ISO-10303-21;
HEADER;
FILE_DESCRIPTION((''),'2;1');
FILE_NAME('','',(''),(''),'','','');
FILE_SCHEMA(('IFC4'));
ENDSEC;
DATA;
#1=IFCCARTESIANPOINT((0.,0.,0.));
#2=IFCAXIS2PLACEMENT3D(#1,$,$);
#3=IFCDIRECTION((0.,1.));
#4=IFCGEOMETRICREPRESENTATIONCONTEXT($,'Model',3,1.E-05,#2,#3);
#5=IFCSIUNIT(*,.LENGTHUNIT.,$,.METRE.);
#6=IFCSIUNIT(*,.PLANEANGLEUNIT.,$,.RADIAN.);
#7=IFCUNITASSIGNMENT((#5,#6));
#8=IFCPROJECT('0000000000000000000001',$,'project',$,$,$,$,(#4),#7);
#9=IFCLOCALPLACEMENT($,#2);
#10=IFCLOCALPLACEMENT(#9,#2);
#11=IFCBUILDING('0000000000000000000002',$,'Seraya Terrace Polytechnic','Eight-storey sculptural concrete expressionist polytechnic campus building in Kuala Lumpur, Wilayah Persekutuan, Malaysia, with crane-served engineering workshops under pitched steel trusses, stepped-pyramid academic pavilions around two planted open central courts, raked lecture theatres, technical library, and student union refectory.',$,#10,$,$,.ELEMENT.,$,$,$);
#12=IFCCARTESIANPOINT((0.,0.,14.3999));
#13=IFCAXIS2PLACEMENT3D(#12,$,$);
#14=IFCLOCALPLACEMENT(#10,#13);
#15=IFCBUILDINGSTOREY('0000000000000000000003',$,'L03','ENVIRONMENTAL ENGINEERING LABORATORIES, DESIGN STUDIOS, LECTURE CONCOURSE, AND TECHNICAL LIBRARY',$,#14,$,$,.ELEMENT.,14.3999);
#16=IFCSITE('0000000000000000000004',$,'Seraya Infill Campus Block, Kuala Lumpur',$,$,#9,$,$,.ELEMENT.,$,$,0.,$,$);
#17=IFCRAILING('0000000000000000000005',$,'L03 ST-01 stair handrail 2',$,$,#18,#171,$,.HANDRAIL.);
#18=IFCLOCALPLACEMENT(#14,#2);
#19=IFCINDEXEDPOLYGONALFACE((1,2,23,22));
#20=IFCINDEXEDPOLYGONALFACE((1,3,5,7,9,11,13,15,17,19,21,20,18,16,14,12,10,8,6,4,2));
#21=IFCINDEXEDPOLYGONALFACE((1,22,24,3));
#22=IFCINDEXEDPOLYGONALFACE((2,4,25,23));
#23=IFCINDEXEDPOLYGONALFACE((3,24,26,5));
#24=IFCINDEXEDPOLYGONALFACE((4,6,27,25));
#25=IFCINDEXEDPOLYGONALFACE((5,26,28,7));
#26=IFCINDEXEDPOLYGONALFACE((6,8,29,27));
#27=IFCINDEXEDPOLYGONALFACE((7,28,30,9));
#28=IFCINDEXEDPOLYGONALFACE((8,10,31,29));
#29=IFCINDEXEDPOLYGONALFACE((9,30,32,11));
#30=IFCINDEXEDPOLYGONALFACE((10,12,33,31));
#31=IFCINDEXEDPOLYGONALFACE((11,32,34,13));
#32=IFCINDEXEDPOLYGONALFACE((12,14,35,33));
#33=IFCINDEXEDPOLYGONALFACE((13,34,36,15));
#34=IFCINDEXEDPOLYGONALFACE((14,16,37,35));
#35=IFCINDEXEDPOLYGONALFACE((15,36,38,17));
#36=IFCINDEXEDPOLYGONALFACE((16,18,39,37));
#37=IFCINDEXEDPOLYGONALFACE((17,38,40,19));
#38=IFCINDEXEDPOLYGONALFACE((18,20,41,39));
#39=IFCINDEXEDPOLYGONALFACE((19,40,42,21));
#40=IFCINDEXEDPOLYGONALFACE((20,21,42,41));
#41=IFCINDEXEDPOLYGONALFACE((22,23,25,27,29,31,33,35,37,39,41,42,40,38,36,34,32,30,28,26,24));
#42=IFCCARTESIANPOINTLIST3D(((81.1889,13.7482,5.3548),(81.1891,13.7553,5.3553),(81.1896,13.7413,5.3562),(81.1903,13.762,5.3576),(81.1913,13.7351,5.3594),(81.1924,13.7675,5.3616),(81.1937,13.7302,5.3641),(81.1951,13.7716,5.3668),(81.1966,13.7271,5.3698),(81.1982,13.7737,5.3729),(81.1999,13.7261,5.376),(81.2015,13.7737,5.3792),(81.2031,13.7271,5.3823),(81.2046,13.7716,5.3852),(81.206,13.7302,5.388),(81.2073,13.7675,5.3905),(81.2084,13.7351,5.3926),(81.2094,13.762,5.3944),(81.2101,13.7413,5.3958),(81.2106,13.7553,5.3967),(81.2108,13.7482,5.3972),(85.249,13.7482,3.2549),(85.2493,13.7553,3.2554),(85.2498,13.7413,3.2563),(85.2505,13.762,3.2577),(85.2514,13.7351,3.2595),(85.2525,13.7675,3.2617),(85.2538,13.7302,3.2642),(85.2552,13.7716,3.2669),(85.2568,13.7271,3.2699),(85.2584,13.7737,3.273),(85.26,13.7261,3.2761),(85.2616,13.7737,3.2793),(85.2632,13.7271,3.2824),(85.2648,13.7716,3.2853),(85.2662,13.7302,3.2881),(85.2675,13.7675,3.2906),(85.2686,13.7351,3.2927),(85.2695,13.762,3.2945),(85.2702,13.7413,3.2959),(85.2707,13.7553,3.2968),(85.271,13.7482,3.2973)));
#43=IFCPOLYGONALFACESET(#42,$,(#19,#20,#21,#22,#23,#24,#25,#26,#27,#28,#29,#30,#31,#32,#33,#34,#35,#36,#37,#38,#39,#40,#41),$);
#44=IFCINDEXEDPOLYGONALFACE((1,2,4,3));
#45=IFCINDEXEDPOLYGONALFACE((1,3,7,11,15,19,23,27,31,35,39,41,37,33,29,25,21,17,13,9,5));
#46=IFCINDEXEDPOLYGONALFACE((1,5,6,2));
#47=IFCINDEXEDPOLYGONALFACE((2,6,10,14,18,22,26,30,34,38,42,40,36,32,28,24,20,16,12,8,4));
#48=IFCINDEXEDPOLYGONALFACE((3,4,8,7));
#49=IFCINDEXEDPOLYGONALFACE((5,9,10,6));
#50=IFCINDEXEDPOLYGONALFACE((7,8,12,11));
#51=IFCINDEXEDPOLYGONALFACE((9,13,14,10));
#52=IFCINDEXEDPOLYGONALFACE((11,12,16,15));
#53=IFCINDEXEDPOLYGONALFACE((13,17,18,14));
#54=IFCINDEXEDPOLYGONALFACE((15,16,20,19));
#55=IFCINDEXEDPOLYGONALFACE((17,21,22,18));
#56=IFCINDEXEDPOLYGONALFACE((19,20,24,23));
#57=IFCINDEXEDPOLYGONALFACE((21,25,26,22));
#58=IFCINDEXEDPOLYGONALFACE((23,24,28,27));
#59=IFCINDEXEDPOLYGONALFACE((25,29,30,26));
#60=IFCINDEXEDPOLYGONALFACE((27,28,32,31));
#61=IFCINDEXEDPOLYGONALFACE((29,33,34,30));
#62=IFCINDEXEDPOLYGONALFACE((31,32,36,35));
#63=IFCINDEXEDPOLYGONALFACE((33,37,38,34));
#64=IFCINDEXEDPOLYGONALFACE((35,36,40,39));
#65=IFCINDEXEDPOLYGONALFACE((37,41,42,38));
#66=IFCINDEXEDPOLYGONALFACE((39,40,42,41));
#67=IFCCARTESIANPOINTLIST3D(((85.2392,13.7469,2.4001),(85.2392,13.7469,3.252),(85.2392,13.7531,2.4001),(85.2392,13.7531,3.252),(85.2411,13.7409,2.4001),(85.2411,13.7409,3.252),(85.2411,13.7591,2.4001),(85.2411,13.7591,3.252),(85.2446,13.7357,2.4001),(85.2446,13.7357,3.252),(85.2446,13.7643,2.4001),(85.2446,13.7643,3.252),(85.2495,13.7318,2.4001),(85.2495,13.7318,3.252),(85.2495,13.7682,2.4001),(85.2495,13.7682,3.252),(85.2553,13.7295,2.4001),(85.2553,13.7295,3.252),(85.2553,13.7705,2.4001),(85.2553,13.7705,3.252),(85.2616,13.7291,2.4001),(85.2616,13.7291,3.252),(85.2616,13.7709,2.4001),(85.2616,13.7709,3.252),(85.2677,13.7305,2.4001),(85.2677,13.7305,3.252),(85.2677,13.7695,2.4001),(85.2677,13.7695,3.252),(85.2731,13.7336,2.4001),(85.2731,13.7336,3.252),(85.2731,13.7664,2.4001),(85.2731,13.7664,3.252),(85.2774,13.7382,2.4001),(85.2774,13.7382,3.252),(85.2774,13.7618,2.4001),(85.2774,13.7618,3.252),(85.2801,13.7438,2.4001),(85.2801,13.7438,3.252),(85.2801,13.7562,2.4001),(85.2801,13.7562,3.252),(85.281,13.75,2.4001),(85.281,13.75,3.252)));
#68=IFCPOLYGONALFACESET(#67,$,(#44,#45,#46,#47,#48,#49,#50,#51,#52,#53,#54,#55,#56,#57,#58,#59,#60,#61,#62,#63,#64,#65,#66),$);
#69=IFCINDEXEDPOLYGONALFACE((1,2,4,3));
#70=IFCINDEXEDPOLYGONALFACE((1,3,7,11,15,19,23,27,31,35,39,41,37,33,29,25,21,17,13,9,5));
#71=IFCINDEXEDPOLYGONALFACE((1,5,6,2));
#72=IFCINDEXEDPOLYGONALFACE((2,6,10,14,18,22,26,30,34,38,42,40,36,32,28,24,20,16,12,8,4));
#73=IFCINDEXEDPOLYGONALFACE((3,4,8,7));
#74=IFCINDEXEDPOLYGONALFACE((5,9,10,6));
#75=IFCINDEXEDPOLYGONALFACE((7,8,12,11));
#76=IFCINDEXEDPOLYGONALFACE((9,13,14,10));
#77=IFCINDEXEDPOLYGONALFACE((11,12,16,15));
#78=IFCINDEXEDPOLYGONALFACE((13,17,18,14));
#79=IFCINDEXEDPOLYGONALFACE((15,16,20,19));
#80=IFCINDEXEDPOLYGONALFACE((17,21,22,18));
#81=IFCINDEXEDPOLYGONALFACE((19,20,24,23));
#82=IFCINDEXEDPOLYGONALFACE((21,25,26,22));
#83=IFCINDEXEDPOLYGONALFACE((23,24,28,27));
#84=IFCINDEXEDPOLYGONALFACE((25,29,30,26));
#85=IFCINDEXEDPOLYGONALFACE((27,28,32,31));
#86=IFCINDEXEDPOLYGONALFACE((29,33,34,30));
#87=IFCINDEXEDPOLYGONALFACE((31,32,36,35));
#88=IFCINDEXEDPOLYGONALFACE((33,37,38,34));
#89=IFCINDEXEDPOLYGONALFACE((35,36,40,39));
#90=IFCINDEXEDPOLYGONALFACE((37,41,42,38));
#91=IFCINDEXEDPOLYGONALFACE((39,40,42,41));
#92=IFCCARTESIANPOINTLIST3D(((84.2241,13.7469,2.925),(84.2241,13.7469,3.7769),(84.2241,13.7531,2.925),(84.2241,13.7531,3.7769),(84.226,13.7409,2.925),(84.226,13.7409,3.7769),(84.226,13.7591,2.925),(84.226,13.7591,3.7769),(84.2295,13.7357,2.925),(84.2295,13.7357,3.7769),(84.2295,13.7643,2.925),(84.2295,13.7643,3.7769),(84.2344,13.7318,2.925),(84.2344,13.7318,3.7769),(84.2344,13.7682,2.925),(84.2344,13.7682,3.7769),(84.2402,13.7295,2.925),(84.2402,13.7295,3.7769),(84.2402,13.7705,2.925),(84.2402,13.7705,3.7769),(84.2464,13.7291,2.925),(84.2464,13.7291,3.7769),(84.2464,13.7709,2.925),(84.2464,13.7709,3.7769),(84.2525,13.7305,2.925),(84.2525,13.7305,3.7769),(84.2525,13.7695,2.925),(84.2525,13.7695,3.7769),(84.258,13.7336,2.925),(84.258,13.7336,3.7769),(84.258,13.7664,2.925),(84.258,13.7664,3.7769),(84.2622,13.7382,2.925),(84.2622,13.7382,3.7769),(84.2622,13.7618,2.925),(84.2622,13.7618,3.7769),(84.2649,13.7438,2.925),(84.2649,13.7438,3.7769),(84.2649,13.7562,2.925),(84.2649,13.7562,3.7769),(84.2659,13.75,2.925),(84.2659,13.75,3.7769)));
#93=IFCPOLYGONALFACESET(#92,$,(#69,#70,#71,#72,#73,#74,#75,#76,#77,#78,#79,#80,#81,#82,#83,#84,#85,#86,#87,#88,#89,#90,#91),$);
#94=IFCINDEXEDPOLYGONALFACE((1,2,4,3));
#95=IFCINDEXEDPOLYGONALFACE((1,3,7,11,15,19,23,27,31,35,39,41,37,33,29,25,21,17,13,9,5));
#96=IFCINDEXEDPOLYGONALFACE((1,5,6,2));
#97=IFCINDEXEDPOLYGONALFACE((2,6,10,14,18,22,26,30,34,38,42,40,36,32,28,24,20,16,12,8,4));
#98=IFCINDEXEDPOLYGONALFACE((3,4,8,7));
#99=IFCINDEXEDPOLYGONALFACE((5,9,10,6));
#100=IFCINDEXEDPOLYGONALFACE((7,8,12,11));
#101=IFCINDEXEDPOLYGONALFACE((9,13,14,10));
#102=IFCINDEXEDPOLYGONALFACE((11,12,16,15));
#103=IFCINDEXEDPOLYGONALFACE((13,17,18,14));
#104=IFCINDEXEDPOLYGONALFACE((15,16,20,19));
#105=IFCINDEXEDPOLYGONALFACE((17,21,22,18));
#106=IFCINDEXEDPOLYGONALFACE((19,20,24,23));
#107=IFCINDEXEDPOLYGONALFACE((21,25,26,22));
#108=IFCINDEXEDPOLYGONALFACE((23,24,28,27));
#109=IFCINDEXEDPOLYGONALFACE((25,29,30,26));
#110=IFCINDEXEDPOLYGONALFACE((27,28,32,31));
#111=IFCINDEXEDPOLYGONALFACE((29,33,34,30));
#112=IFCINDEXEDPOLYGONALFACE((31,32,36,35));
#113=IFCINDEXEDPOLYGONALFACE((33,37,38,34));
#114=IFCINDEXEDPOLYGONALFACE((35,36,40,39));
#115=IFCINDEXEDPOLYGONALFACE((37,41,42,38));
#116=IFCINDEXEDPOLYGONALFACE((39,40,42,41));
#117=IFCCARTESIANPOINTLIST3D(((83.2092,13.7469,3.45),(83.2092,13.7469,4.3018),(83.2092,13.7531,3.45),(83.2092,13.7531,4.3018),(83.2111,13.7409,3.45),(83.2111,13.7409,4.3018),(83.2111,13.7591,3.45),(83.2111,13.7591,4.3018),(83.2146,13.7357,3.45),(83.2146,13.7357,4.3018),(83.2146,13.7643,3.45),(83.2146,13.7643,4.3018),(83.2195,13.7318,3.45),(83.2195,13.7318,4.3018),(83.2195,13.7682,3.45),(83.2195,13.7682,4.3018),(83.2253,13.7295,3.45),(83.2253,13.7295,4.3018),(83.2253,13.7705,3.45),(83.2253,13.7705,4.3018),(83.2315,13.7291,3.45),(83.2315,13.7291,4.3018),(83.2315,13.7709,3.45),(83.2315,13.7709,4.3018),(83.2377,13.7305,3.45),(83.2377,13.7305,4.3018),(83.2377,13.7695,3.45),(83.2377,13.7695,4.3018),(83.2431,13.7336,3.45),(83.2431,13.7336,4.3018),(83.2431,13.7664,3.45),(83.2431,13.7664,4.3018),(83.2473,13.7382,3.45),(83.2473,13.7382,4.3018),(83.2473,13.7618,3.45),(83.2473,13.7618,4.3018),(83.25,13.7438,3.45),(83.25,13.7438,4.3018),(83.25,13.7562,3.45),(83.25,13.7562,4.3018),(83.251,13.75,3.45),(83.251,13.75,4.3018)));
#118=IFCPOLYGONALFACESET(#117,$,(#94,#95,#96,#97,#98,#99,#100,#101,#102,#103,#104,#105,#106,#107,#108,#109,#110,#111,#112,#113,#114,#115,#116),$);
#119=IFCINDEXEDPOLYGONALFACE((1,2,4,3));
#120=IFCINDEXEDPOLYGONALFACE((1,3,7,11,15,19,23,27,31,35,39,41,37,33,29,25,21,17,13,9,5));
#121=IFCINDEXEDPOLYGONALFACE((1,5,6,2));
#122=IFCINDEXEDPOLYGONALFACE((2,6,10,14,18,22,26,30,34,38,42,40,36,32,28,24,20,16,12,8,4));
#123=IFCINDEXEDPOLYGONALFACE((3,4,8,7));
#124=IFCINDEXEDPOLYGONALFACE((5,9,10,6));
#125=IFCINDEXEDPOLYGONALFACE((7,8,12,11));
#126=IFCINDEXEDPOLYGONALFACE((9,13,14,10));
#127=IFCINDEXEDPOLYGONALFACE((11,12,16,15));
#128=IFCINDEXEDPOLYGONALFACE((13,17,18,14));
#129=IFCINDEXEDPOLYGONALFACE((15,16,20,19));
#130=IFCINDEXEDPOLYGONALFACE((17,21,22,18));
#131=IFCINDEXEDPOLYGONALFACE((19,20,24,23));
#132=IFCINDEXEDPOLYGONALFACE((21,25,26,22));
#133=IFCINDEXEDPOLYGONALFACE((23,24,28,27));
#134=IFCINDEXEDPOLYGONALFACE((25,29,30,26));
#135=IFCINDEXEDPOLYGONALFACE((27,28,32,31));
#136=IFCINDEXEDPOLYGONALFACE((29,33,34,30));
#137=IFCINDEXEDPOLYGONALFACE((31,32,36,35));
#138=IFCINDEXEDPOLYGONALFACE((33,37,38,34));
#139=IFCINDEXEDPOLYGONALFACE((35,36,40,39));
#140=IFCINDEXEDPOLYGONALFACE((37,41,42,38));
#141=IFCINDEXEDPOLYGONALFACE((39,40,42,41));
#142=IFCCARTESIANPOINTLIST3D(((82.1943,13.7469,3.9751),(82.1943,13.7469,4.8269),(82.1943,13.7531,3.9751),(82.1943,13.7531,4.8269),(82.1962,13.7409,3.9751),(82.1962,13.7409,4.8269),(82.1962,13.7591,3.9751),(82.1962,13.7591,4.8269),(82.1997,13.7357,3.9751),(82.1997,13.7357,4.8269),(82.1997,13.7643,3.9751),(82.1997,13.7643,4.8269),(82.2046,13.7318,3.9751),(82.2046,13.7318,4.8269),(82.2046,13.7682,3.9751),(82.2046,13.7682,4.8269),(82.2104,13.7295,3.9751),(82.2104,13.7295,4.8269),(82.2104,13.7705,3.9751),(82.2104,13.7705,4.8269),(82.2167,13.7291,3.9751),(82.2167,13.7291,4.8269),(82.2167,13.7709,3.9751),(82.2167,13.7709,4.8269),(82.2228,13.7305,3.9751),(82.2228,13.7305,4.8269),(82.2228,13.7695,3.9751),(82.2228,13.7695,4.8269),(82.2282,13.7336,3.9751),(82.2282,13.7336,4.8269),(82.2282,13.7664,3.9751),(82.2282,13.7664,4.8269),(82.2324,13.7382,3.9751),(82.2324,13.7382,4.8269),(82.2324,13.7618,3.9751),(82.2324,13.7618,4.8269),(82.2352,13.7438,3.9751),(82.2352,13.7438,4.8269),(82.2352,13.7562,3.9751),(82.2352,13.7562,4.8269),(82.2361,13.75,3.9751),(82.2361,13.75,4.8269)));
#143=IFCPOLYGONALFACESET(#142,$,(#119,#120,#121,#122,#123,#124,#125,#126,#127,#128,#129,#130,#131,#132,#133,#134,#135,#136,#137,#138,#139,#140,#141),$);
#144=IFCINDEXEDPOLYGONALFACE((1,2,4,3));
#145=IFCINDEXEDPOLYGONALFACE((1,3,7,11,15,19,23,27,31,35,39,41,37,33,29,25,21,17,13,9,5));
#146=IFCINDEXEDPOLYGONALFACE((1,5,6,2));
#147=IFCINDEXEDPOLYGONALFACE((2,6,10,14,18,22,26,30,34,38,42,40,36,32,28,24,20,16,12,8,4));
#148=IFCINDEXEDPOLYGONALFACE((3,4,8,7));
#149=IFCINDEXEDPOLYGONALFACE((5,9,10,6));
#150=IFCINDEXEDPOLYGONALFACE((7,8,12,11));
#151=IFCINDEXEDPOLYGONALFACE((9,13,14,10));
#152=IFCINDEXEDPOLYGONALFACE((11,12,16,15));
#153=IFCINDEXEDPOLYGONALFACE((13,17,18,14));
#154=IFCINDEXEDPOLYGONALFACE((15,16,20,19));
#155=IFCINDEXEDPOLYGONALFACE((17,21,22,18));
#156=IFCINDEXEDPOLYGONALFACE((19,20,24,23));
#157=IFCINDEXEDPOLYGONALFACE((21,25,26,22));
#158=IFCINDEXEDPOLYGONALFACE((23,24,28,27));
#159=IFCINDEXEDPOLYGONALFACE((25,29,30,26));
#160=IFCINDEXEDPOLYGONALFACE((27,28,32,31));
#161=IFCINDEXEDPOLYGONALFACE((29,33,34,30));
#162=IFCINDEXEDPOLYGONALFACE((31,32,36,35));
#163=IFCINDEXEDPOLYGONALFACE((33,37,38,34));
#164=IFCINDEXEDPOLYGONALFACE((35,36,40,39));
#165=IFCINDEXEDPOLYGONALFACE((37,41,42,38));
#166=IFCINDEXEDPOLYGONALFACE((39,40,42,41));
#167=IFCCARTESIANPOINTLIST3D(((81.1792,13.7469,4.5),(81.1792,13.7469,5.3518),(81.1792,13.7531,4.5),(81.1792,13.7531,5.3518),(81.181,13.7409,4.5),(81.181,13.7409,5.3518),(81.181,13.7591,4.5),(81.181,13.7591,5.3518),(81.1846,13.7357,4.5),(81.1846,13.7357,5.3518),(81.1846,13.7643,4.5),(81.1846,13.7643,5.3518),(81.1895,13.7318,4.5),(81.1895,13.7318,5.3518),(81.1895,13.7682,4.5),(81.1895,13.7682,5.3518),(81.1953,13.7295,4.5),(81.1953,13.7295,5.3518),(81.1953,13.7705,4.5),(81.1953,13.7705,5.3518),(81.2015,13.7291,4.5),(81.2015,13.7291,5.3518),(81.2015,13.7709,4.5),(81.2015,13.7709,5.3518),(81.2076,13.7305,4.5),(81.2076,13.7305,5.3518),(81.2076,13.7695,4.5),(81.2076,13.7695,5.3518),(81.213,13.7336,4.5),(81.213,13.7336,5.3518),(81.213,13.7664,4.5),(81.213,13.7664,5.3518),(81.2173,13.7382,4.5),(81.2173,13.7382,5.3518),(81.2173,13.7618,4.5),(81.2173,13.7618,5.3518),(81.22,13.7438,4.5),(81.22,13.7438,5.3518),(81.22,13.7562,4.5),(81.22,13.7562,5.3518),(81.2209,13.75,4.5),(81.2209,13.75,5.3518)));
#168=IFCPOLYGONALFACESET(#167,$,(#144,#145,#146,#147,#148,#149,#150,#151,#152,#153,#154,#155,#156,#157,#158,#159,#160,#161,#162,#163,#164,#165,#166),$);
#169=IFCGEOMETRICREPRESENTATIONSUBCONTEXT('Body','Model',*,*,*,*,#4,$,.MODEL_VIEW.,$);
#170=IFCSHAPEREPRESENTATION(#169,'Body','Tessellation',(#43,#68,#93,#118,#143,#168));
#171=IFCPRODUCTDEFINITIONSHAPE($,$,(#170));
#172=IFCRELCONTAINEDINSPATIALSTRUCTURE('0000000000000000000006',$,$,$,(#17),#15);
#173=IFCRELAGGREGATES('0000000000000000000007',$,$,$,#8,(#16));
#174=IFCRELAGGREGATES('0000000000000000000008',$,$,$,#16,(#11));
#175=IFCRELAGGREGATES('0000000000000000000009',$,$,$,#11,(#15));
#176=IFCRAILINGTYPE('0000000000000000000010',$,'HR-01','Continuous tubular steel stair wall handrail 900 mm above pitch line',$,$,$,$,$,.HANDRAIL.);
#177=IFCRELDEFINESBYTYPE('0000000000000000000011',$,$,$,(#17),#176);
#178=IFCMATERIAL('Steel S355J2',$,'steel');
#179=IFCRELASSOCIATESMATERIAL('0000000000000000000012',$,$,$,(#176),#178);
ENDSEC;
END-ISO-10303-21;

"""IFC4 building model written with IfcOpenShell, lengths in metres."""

from ifc_helpers import new_model, si_unit, direction, frame, origin, origin_2d, place, context, subcontext, project, spatial, circle, extrude, material, type_object, element, save


model = new_model("IFC4")

# Units and contexts
model_context = context("Model", 3, precision=1e-05, world=origin(), true_north=direction((0.0, 1.0)))
body_context = subcontext(model_context, "Body", "Model", "MODEL_VIEW")
ifc_project = project(units=[si_unit("LENGTHUNIT", "METRE"), si_unit("PLANEANGLEUNIT", "RADIAN")], contexts=[model_context])

# Site, building, storey
site_placement = place(None, origin())
site = spatial("IfcSite", under=ifc_project, at=site_placement, Name="Seraya Infill Campus Block, Kuala Lumpur", CompositionType="ELEMENT", RefElevation=0.0)
building_placement = place(site_placement, origin())
building = spatial("IfcBuilding", under=site, at=building_placement, Name="Seraya Terrace Polytechnic", Description="Eight-storey sculptural concrete expressionist polytechnic campus building in Kuala Lumpur, Wilayah Persekutuan, Malaysia, with crane-served engineering workshops under pitched steel trusses, stepped-pyramid academic pavilions around two planted open central courts, raked lecture theatres, technical library, and student union refectory.", CompositionType="ELEMENT")
storey_placement = place(building_placement, frame((0.0, 0.0, 14.3999)))
storey = spatial("IfcBuildingStorey", under=building, at=storey_placement, Name="L03", Description="ENVIRONMENTAL ENGINEERING LABORATORIES, DESIGN STUDIOS, LECTURE CONCOURSE, AND TECHNICAL LIBRARY", CompositionType="ELEMENT", Elevation=14.3999)

# Railing
ifc_material_1 = material(Name="Steel S355J2", Category="steel")
railing_type_1 = type_object("IfcRailingType", Name="HR-01", Description="Continuous tubular steel stair wall handrail 900 mm above pitch line", PredefinedType="HANDRAIL", material=ifc_material_1)
railing_1_placement = place(storey_placement, frame((85.26, 13.75, 2.4001)))
element("IfcRailing", 1, at=railing_1_placement, inside=storey, type_object=railing_type_1, Name="L03 ST-01 stair handrail 2", PredefinedType="HANDRAIL", context=body_context, shape_type="SweptSolid", body=[
    extrude(circle(Radius=0.0239, at=origin_2d()), frame((0.0, 0.0, 0.876), z_axis=(-0.888233, 0.0, 0.459392), x_axis=(0.0, -1.0, 0.0)), (0.0, 0.0, 1.0), 4.571),
    extrude(circle(Radius=0.021, at=origin_2d()), origin(), (0.0, 0.0, 1.0), 0.8518),
    extrude(circle(Radius=0.021, at=origin_2d()), frame((-1.0151, 0.0, 0.5249)), (0.0, 0.0, 1.0), 0.8518),
    extrude(circle(Radius=0.021, at=origin_2d()), frame((-2.03, 0.0, 1.0498)), (0.0, 0.0, 1.0), 0.8518),
    extrude(circle(Radius=0.021, at=origin_2d()), frame((-3.0449, 0.0, 1.575)), (0.0, 0.0, 1.0), 0.8518),
    extrude(circle(Radius=0.021, at=origin_2d()), frame((-4.0601, 0.0, 2.0999)), (0.0, 0.0, 1.0), 0.8518),
])

save(model, "model.ifc")
